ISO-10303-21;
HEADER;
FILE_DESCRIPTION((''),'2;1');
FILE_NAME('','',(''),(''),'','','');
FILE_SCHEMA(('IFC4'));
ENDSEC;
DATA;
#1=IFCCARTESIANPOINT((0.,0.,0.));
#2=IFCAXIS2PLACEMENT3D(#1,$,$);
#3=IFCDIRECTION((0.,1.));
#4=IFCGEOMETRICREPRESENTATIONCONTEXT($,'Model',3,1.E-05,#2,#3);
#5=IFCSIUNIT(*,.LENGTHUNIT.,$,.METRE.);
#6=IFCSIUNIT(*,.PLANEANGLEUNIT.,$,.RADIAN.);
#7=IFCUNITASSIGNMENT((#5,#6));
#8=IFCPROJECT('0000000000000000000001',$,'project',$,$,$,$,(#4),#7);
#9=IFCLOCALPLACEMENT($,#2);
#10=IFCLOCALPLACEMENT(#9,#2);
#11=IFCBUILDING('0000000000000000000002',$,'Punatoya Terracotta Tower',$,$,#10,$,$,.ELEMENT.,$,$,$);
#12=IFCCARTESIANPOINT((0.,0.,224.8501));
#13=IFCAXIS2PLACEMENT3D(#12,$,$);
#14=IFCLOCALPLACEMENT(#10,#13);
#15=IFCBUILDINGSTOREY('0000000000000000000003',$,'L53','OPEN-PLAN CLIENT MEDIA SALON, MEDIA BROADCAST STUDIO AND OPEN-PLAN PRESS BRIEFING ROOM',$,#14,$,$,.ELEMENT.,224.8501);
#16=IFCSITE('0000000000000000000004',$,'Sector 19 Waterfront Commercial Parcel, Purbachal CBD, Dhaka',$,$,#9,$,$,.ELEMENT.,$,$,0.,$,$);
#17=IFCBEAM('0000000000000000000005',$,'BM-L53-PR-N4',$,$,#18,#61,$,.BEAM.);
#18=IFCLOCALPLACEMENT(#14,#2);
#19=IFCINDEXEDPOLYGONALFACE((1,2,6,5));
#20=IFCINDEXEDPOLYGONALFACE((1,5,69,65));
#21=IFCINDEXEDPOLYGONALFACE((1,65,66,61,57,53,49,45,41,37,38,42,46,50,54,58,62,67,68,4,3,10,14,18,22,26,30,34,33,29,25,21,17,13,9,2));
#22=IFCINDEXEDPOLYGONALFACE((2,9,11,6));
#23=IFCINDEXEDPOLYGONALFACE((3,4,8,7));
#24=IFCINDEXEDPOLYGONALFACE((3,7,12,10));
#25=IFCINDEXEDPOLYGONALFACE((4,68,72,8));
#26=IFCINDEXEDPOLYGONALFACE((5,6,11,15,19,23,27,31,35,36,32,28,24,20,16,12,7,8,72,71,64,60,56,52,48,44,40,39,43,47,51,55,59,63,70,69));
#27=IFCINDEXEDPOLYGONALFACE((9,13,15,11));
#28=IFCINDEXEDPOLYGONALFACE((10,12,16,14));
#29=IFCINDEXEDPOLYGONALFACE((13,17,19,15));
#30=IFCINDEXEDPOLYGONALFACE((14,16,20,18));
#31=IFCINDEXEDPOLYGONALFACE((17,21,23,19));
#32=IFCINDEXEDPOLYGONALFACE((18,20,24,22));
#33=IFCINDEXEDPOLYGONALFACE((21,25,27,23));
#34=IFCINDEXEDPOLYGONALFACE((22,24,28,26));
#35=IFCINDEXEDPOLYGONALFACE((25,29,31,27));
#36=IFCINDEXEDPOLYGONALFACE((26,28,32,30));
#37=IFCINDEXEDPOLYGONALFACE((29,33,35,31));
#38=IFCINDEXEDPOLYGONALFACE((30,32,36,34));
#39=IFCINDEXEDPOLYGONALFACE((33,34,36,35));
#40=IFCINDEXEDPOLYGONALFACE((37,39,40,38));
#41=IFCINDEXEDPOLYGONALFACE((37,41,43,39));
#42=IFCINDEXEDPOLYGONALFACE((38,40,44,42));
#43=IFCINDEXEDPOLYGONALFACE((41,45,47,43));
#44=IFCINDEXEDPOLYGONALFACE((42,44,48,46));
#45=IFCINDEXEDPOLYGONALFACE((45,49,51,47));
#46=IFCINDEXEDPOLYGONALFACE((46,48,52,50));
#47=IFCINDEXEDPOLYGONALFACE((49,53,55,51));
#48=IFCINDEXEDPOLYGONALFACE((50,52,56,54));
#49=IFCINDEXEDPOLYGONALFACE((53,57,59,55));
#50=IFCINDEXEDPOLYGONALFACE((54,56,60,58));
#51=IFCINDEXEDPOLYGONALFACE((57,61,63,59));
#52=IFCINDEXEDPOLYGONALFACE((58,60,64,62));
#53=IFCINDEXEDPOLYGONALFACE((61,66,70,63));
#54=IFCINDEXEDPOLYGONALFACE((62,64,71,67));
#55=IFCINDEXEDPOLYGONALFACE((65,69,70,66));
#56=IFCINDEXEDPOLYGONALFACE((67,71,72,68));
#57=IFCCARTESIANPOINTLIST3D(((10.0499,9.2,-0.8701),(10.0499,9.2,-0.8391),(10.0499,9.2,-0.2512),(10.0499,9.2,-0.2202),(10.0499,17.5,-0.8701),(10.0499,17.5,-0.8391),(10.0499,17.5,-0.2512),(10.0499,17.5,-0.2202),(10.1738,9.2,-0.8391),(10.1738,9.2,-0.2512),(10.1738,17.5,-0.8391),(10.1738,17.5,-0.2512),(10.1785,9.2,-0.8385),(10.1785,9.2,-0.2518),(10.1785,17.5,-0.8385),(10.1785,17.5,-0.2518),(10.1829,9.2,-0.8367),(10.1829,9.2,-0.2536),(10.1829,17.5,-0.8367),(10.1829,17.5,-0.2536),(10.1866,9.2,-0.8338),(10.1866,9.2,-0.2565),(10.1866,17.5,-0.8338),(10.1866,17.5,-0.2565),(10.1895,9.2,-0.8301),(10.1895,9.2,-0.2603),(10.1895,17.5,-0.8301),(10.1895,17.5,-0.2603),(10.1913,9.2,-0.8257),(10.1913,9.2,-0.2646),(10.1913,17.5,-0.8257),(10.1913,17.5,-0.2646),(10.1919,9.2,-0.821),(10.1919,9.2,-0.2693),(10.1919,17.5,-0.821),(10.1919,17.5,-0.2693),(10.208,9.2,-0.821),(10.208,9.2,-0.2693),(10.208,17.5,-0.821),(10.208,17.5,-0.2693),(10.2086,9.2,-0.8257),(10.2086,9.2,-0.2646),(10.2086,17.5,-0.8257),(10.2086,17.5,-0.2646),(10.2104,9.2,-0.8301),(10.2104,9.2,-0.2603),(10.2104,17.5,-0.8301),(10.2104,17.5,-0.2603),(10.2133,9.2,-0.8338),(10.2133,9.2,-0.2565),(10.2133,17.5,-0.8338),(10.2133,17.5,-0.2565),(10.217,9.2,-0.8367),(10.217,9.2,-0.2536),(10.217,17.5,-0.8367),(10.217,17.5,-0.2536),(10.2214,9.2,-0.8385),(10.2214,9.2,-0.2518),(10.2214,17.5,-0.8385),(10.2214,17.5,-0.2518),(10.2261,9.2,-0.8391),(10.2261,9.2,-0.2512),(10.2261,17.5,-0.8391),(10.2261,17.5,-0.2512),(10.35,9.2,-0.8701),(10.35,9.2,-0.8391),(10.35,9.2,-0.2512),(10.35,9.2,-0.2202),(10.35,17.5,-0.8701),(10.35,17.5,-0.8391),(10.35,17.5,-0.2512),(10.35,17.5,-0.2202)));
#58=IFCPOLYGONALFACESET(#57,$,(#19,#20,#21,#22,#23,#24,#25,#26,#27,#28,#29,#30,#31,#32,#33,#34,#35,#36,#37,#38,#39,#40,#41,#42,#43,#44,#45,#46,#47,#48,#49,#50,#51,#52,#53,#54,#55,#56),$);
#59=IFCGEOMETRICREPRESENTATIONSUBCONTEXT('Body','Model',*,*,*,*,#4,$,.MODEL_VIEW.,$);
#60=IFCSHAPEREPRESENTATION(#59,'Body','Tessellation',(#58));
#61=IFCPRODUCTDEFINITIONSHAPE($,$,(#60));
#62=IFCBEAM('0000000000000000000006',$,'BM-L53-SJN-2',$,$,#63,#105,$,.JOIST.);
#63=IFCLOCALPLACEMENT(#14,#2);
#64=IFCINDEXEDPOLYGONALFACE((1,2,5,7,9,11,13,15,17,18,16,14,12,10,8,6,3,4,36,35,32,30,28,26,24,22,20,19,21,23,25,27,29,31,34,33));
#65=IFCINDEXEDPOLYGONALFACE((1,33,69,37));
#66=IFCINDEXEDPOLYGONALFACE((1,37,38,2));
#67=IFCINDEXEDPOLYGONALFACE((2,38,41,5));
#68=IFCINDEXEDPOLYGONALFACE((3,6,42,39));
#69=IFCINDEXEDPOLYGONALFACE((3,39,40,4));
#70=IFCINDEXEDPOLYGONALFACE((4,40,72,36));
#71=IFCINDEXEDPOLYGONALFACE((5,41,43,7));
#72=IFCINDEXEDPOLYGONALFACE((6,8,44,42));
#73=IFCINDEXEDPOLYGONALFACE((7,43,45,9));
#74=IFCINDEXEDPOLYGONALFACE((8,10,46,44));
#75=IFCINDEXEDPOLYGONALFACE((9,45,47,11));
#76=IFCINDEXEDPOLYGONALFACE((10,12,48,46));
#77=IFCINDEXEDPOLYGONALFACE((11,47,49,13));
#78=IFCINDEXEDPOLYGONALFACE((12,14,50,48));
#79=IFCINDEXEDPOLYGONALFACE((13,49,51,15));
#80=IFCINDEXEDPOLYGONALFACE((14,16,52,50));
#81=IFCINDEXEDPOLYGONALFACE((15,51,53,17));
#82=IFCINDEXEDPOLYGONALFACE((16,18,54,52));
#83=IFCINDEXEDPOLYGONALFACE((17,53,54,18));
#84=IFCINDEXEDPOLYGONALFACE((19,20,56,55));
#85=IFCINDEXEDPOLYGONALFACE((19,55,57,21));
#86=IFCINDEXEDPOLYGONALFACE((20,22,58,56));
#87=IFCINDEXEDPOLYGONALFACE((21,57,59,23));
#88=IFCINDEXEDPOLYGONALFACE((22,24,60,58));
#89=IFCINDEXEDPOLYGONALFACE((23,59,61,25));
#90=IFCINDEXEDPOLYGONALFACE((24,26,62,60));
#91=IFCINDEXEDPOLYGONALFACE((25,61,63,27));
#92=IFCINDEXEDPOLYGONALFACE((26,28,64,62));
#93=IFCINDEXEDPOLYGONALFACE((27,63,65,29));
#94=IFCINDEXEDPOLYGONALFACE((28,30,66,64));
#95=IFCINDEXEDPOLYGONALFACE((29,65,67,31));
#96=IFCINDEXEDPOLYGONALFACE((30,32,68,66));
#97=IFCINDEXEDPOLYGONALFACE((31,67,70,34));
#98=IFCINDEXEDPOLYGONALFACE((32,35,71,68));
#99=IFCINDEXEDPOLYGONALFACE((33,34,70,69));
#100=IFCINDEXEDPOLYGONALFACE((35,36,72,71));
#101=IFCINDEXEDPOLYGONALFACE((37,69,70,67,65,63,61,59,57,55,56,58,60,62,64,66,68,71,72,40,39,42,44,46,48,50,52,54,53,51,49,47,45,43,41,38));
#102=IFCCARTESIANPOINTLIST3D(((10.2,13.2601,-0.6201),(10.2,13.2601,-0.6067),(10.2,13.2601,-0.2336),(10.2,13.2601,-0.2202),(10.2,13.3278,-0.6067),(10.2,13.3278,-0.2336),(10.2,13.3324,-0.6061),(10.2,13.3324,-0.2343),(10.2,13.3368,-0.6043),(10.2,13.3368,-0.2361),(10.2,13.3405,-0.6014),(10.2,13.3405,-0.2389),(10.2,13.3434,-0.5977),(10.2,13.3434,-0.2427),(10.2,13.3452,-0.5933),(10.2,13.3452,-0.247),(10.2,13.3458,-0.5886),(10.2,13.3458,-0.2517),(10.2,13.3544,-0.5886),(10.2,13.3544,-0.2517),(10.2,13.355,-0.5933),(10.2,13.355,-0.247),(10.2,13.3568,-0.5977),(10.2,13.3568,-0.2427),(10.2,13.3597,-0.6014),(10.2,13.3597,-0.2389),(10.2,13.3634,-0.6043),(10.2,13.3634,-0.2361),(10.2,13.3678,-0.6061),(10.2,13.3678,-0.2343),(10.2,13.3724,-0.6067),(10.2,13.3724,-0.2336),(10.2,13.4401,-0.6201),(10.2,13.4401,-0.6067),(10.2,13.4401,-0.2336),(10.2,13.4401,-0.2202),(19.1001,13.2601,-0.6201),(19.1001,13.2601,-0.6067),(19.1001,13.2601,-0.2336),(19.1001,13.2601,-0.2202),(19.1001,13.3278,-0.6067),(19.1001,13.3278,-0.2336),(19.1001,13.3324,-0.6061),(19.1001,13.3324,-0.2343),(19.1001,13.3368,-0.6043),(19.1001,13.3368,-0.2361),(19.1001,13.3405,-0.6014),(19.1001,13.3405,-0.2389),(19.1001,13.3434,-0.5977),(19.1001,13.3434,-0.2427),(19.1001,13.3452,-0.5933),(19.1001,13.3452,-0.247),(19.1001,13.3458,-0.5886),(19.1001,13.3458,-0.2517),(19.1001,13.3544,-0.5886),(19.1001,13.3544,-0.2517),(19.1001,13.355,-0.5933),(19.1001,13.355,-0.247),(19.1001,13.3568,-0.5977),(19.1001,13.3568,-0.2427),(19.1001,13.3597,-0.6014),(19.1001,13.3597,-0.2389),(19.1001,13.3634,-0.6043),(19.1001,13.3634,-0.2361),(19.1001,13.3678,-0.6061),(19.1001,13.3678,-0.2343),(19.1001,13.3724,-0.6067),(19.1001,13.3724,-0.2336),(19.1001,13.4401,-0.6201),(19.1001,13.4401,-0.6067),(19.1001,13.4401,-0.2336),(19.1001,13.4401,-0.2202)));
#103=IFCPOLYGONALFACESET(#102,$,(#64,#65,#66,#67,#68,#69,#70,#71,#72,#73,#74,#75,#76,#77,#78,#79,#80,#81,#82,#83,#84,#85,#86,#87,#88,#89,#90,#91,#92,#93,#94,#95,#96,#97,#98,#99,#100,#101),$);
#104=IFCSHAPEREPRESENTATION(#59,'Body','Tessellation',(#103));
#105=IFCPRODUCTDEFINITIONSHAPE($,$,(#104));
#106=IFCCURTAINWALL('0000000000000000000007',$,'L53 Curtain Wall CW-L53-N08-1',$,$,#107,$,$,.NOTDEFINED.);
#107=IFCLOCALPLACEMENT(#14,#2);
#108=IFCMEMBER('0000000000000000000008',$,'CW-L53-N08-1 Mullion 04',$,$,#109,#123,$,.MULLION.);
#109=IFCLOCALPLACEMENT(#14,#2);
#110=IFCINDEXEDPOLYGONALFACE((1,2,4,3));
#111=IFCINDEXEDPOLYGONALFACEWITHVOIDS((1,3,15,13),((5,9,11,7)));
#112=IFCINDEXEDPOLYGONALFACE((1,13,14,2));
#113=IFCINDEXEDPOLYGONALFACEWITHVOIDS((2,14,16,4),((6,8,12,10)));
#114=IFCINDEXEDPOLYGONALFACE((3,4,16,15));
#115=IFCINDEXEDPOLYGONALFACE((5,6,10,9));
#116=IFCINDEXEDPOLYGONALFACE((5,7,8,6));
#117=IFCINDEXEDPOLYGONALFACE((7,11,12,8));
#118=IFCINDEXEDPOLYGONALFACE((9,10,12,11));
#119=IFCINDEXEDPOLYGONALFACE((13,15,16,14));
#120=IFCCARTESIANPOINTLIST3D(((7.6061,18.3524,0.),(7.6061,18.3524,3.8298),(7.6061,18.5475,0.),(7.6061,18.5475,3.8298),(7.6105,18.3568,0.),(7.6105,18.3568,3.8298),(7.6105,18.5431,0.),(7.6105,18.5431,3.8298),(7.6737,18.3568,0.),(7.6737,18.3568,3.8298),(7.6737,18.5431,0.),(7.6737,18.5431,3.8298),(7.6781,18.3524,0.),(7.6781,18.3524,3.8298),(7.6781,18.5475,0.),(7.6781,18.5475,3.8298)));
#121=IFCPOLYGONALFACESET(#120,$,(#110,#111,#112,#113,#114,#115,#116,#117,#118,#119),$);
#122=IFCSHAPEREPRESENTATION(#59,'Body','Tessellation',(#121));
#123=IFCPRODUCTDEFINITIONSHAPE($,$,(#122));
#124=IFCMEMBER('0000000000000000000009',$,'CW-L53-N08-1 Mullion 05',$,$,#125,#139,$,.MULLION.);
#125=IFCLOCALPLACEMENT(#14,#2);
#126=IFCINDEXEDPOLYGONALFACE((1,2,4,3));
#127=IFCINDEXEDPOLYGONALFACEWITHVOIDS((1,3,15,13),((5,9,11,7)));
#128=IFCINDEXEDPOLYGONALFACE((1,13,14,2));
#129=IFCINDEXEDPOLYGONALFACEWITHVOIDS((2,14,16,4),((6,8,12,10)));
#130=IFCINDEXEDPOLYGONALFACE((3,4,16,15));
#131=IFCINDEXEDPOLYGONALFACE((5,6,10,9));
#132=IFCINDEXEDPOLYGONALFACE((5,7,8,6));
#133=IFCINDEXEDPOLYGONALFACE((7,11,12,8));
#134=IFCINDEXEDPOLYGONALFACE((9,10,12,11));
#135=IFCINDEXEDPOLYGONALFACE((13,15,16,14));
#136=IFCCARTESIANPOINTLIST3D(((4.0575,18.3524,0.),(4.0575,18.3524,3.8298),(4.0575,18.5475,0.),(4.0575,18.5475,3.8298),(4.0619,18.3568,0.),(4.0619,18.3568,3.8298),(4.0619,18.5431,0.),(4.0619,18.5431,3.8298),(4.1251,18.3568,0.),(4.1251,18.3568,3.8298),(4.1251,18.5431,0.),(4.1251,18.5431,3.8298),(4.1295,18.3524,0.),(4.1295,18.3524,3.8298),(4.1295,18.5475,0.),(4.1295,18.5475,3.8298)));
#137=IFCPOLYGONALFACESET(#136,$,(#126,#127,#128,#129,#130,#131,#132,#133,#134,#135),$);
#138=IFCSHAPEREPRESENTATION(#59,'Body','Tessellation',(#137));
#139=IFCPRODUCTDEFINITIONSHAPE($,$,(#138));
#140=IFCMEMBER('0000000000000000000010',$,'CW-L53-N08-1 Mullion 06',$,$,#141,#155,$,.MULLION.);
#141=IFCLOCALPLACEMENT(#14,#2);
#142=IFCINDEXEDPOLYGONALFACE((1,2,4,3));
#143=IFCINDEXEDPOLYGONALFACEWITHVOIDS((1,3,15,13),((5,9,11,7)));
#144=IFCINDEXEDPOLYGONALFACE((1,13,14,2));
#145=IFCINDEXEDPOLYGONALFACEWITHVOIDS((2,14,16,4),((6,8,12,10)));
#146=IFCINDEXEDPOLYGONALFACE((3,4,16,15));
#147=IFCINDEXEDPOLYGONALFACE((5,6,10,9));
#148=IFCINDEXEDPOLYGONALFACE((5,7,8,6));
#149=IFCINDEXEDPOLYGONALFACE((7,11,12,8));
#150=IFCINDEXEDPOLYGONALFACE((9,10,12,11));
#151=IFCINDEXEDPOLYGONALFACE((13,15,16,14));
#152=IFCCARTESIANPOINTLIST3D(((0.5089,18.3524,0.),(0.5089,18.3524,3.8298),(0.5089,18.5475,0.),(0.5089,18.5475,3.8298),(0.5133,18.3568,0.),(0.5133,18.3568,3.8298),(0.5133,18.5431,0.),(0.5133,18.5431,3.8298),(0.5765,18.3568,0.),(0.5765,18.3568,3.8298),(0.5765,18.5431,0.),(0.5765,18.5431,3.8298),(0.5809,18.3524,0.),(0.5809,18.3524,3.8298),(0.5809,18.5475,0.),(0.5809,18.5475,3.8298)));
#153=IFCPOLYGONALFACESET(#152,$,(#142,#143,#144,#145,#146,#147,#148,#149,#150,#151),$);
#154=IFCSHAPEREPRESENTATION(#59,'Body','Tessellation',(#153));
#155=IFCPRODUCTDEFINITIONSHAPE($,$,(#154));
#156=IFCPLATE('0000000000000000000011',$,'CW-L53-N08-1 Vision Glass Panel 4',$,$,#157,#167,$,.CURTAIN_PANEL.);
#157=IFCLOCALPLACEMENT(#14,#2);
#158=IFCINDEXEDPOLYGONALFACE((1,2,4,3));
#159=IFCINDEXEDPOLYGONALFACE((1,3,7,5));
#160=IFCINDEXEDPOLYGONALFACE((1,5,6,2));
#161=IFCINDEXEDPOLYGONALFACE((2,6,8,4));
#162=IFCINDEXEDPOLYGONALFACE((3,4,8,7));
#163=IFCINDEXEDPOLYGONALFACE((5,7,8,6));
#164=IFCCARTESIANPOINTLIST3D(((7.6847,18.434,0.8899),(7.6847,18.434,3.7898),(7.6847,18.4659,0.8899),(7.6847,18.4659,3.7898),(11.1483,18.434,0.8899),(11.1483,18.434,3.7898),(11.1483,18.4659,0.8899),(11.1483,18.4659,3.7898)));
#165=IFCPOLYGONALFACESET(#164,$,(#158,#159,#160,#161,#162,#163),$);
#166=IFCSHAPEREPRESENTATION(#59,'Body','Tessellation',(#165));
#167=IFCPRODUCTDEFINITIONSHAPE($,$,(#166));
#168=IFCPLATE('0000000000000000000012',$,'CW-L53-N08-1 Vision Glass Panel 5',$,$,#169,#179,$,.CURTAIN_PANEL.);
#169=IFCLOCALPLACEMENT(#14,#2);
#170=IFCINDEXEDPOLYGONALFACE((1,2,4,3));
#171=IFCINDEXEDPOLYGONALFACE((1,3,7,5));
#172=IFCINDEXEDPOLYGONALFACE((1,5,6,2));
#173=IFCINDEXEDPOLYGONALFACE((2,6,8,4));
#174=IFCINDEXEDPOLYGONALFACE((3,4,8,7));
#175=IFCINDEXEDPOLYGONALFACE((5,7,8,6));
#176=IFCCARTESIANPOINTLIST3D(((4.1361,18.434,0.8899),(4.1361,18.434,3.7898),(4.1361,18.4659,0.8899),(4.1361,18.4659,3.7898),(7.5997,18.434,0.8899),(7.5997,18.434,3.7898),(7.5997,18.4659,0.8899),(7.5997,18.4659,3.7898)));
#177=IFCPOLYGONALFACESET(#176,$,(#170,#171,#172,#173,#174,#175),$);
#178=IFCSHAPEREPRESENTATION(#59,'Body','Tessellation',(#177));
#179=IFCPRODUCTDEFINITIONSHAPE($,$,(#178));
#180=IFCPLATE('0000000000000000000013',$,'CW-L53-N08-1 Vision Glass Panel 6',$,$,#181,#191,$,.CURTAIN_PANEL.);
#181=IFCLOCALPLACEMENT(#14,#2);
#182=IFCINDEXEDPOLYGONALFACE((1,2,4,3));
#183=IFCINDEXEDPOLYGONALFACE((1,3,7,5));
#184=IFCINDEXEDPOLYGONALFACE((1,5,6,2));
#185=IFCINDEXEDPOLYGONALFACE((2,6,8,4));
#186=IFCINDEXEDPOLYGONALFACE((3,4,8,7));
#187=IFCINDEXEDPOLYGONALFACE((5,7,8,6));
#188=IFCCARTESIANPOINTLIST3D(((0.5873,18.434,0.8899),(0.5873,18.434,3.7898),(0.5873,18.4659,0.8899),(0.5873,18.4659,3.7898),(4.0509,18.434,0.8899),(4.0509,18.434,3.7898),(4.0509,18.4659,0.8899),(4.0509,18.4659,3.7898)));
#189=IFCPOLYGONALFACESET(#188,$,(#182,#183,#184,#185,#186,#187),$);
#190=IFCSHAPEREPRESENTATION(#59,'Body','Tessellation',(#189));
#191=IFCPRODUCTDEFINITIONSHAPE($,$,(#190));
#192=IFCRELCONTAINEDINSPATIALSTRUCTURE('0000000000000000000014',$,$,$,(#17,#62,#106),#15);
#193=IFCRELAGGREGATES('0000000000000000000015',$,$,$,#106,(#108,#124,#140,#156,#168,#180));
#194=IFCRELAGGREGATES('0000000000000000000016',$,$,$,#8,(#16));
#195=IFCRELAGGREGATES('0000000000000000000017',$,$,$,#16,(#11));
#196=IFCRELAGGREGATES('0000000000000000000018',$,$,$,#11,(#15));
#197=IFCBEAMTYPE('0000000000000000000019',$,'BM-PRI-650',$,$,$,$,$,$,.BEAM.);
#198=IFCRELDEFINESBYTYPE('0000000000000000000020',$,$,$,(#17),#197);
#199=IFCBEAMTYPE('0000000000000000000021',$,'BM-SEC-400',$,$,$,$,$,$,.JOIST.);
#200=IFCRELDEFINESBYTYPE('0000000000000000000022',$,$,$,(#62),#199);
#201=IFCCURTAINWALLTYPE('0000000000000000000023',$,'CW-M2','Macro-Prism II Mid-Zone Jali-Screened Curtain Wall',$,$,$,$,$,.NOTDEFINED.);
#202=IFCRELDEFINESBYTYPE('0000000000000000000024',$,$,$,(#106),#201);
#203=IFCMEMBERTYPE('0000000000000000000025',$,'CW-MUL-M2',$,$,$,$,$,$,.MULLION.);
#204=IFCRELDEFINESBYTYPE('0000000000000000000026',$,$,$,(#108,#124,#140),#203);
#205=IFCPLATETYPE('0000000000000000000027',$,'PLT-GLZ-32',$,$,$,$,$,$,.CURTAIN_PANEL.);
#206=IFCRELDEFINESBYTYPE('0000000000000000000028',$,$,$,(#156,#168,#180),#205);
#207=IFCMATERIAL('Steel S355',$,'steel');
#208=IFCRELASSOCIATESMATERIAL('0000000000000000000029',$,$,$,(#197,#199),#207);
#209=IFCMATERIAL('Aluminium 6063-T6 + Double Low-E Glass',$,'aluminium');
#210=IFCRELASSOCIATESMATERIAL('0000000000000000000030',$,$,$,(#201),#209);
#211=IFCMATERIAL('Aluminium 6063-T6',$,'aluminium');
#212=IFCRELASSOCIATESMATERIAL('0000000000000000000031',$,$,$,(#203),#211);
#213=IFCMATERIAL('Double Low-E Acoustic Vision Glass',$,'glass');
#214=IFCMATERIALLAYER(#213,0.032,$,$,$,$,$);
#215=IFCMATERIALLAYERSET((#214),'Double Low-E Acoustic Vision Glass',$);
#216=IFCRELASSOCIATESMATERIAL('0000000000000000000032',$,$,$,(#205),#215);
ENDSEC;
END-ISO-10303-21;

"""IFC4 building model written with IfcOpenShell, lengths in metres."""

from ifc_helpers import new_model, si_unit, direction, frame, origin, origin_2d, place, context, subcontext, project, spatial, rectangle, hollow_rectangle, i_section, extrude, material, layer, layer_set, material_profile, profile_set, type_object, element, aggregate, save


model = new_model("IFC4")

# Units and contexts
model_context = context("Model", 3, precision=1e-05, world=origin(), true_north=direction((0.0, 1.0)))
body_context = subcontext(model_context, "Body", "Model", "MODEL_VIEW")
ifc_project = project(units=[si_unit("LENGTHUNIT", "METRE"), si_unit("PLANEANGLEUNIT", "RADIAN")], contexts=[model_context])

# Site, building, storey
site_placement = place(None, origin())
site = spatial("IfcSite", under=ifc_project, at=site_placement, Name="Sector 19 Waterfront Commercial Parcel, Purbachal CBD, Dhaka", CompositionType="ELEMENT", RefElevation=0.0)
building_placement = place(site_placement, origin())
building = spatial("IfcBuilding", under=site, at=building_placement, Name="Punatoya Terracotta Tower", CompositionType="ELEMENT")
storey_placement = place(building_placement, frame((0.0, 0.0, 224.8501)))
storey = spatial("IfcBuildingStorey", under=building, at=storey_placement, Name="L53", Description="OPEN-PLAN CLIENT MEDIA SALON, MEDIA BROADCAST STUDIO AND OPEN-PLAN PRESS BRIEFING ROOM", CompositionType="ELEMENT", Elevation=224.8501)

# Beams
ifc_material_1 = material(Name="Steel S355", Category="steel")
ifc_material_profile_1 = material_profile(ifc_material_1, i_section(OverallWidth=0.3, OverallDepth=0.6499, WebThickness=0.0161, FlangeThickness=0.031, FilletRadius=0.0181, at=origin_2d()))
ifc_profile_set_1 = profile_set([ifc_material_profile_1], Name="Steel S355")
beam_type_1 = type_object("IfcBeamType", Name="BM-PRI-650", PredefinedType="BEAM", material=ifc_profile_set_1)
for number, where, z_axis, x_axis, name in (
    (1, (10.2, 9.2, -0.5452), (0.0, 1.0, 0.0), (-1.0, 0.0, 0.0), "BM-L53-PR-N4"),
):
    element("IfcBeam", number, at=place(storey_placement, frame(where, z_axis=z_axis, x_axis=x_axis)), inside=storey, type_object=beam_type_1, Name=name, PredefinedType="BEAM", context=body_context, shape_type="SweptSolid", body=[
        extrude(i_section(OverallWidth=0.3, OverallDepth=0.6499, WebThickness=0.0161, FlangeThickness=0.031, FilletRadius=0.0181, at=origin_2d()), origin(), (0.0, 0.0, 1.0), 8.3),
    ])
ifc_material_profile_2 = material_profile(ifc_material_1, i_section(OverallWidth=0.1799, OverallDepth=0.3999, WebThickness=0.0085, FlangeThickness=0.0134, FilletRadius=0.0181, at=origin_2d()))
ifc_profile_set_2 = profile_set([ifc_material_profile_2], Name="Steel S355")
beam_type_2 = type_object("IfcBeamType", Name="BM-SEC-400", PredefinedType="JOIST", material=ifc_profile_set_2)
beam_1_placement = place(storey_placement, frame((10.2, 13.3501, -0.4202), z_axis=(1.0, 0.0, 0.0), x_axis=(0.0, 1.0, 0.0)))
element("IfcBeam", 2, at=beam_1_placement, inside=storey, type_object=beam_type_2, Name="BM-L53-SJN-2", PredefinedType="JOIST", context=body_context, shape_type="SweptSolid", body=[
    extrude(i_section(OverallWidth=0.1799, OverallDepth=0.3999, WebThickness=0.0085, FlangeThickness=0.0134, FilletRadius=0.0181, at=origin_2d()), origin(), (0.0, 0.0, 1.0), 8.9001),
])

# Curtain wall, members, plates
ifc_material_2 = material(Name="Aluminium 6063-T6 + Double Low-E Glass", Category="aluminium")
curtain_wall_type = type_object("IfcCurtainWallType", Name="CW-M2", Description="Macro-Prism II Mid-Zone Jali-Screened Curtain Wall", PredefinedType="NOTDEFINED", material=ifc_material_2)
curtain_wall_placement = place(storey_placement, origin())
curtain_wall = element("IfcCurtainWall", 3, at=curtain_wall_placement, inside=storey, type_object=curtain_wall_type, Name="L53 Curtain Wall CW-L53-N08-1", PredefinedType="NOTDEFINED")
ifc_material_3 = material(Name="Aluminium 6063-T6", Category="aluminium")
ifc_material_profile_3 = material_profile(ifc_material_3, hollow_rectangle(XDim=0.072, YDim=0.1951, WallThickness=0.0044, at=origin_2d()))
ifc_profile_set_3 = profile_set([ifc_material_profile_3], Name="Aluminium 6063-T6")
member_type = type_object("IfcMemberType", Name="CW-MUL-M2", PredefinedType="MULLION", material=ifc_profile_set_3)
member_1_placement = place(storey_placement, frame((7.6421, 18.45, 0.0), z_axis=(0.0, 0.0, 1.0), x_axis=(1.0, 0.0, 0.0)))
member_1 = element("IfcMember", 4, at=member_1_placement, type_object=member_type, Name="CW-L53-N08-1 Mullion 04", PredefinedType="MULLION", context=body_context, shape_type="SweptSolid", body=[
    extrude(hollow_rectangle(XDim=0.072, YDim=0.1951, WallThickness=0.0044, at=origin_2d()), origin(), (0.0, 0.0, 1.0), 3.8298),
])
member_2_placement = place(storey_placement, frame((4.0935, 18.45, 0.0), z_axis=(0.0, 0.0, 1.0), x_axis=(1.0, 0.0, 0.0)))
member_2 = element("IfcMember", 5, at=member_2_placement, type_object=member_type, Name="CW-L53-N08-1 Mullion 05", PredefinedType="MULLION", context=body_context, shape_type="SweptSolid", body=[
    extrude(hollow_rectangle(XDim=0.072, YDim=0.1951, WallThickness=0.0044, at=origin_2d()), origin(), (0.0, 0.0, 1.0), 3.8298),
])
member_3_placement = place(storey_placement, frame((0.5449, 18.45, 0.0), z_axis=(0.0, 0.0, 1.0), x_axis=(1.0, 0.0, 0.0)))
member_3 = element("IfcMember", 6, at=member_3_placement, type_object=member_type, Name="CW-L53-N08-1 Mullion 06", PredefinedType="MULLION", context=body_context, shape_type="SweptSolid", body=[
    extrude(hollow_rectangle(XDim=0.072, YDim=0.1951, WallThickness=0.0044, at=origin_2d()), origin(), (0.0, 0.0, 1.0), 3.8298),
])
ifc_material_4 = material(Name="Double Low-E Acoustic Vision Glass", Category="glass")
ifc_layer_1 = layer(ifc_material_4, 0.032)
ifc_layer_set_1 = layer_set([ifc_layer_1], Name="Double Low-E Acoustic Vision Glass")
plate_type_1 = type_object("IfcPlateType", Name="PLT-GLZ-32", PredefinedType="CURTAIN_PANEL", material=ifc_layer_set_1)
plate_1_placement = place(storey_placement, frame((9.4165, 18.45, 0.8899), z_axis=(0.0, 0.0, 1.0), x_axis=(-1.0, 0.0, 0.0)))
plate_1 = element("IfcPlate", 7, at=plate_1_placement, type_object=plate_type_1, Name="CW-L53-N08-1 Vision Glass Panel 4", PredefinedType="CURTAIN_PANEL", context=body_context, shape_type="SweptSolid", body=[
    extrude(rectangle(XDim=3.4636, YDim=0.032, at=origin_2d()), origin(), (0.0, 0.0, 1.0), 2.8999),
])
plate_2_placement = place(storey_placement, frame((5.8679, 18.45, 0.8899), z_axis=(0.0, 0.0, 1.0), x_axis=(-1.0, 0.0, 0.0)))
plate_2 = element("IfcPlate", 8, at=plate_2_placement, type_object=plate_type_1, Name="CW-L53-N08-1 Vision Glass Panel 5", PredefinedType="CURTAIN_PANEL", context=body_context, shape_type="SweptSolid", body=[
    extrude(rectangle(XDim=3.4636, YDim=0.032, at=origin_2d()), origin(), (0.0, 0.0, 1.0), 2.8999),
])
plate_3_placement = place(storey_placement, frame((2.3191, 18.45, 0.8899), z_axis=(0.0, 0.0, 1.0), x_axis=(-1.0, 0.0, 0.0)))
plate_3 = element("IfcPlate", 9, at=plate_3_placement, type_object=plate_type_1, Name="CW-L53-N08-1 Vision Glass Panel 6", PredefinedType="CURTAIN_PANEL", context=body_context, shape_type="SweptSolid", body=[
    extrude(rectangle(XDim=3.4636, YDim=0.032, at=origin_2d()), origin(), (0.0, 0.0, 1.0), 2.8999),
])
aggregate(curtain_wall, [member_1, member_2, member_3, plate_1, plate_2, plate_3])

save(model, "model.ifc")
